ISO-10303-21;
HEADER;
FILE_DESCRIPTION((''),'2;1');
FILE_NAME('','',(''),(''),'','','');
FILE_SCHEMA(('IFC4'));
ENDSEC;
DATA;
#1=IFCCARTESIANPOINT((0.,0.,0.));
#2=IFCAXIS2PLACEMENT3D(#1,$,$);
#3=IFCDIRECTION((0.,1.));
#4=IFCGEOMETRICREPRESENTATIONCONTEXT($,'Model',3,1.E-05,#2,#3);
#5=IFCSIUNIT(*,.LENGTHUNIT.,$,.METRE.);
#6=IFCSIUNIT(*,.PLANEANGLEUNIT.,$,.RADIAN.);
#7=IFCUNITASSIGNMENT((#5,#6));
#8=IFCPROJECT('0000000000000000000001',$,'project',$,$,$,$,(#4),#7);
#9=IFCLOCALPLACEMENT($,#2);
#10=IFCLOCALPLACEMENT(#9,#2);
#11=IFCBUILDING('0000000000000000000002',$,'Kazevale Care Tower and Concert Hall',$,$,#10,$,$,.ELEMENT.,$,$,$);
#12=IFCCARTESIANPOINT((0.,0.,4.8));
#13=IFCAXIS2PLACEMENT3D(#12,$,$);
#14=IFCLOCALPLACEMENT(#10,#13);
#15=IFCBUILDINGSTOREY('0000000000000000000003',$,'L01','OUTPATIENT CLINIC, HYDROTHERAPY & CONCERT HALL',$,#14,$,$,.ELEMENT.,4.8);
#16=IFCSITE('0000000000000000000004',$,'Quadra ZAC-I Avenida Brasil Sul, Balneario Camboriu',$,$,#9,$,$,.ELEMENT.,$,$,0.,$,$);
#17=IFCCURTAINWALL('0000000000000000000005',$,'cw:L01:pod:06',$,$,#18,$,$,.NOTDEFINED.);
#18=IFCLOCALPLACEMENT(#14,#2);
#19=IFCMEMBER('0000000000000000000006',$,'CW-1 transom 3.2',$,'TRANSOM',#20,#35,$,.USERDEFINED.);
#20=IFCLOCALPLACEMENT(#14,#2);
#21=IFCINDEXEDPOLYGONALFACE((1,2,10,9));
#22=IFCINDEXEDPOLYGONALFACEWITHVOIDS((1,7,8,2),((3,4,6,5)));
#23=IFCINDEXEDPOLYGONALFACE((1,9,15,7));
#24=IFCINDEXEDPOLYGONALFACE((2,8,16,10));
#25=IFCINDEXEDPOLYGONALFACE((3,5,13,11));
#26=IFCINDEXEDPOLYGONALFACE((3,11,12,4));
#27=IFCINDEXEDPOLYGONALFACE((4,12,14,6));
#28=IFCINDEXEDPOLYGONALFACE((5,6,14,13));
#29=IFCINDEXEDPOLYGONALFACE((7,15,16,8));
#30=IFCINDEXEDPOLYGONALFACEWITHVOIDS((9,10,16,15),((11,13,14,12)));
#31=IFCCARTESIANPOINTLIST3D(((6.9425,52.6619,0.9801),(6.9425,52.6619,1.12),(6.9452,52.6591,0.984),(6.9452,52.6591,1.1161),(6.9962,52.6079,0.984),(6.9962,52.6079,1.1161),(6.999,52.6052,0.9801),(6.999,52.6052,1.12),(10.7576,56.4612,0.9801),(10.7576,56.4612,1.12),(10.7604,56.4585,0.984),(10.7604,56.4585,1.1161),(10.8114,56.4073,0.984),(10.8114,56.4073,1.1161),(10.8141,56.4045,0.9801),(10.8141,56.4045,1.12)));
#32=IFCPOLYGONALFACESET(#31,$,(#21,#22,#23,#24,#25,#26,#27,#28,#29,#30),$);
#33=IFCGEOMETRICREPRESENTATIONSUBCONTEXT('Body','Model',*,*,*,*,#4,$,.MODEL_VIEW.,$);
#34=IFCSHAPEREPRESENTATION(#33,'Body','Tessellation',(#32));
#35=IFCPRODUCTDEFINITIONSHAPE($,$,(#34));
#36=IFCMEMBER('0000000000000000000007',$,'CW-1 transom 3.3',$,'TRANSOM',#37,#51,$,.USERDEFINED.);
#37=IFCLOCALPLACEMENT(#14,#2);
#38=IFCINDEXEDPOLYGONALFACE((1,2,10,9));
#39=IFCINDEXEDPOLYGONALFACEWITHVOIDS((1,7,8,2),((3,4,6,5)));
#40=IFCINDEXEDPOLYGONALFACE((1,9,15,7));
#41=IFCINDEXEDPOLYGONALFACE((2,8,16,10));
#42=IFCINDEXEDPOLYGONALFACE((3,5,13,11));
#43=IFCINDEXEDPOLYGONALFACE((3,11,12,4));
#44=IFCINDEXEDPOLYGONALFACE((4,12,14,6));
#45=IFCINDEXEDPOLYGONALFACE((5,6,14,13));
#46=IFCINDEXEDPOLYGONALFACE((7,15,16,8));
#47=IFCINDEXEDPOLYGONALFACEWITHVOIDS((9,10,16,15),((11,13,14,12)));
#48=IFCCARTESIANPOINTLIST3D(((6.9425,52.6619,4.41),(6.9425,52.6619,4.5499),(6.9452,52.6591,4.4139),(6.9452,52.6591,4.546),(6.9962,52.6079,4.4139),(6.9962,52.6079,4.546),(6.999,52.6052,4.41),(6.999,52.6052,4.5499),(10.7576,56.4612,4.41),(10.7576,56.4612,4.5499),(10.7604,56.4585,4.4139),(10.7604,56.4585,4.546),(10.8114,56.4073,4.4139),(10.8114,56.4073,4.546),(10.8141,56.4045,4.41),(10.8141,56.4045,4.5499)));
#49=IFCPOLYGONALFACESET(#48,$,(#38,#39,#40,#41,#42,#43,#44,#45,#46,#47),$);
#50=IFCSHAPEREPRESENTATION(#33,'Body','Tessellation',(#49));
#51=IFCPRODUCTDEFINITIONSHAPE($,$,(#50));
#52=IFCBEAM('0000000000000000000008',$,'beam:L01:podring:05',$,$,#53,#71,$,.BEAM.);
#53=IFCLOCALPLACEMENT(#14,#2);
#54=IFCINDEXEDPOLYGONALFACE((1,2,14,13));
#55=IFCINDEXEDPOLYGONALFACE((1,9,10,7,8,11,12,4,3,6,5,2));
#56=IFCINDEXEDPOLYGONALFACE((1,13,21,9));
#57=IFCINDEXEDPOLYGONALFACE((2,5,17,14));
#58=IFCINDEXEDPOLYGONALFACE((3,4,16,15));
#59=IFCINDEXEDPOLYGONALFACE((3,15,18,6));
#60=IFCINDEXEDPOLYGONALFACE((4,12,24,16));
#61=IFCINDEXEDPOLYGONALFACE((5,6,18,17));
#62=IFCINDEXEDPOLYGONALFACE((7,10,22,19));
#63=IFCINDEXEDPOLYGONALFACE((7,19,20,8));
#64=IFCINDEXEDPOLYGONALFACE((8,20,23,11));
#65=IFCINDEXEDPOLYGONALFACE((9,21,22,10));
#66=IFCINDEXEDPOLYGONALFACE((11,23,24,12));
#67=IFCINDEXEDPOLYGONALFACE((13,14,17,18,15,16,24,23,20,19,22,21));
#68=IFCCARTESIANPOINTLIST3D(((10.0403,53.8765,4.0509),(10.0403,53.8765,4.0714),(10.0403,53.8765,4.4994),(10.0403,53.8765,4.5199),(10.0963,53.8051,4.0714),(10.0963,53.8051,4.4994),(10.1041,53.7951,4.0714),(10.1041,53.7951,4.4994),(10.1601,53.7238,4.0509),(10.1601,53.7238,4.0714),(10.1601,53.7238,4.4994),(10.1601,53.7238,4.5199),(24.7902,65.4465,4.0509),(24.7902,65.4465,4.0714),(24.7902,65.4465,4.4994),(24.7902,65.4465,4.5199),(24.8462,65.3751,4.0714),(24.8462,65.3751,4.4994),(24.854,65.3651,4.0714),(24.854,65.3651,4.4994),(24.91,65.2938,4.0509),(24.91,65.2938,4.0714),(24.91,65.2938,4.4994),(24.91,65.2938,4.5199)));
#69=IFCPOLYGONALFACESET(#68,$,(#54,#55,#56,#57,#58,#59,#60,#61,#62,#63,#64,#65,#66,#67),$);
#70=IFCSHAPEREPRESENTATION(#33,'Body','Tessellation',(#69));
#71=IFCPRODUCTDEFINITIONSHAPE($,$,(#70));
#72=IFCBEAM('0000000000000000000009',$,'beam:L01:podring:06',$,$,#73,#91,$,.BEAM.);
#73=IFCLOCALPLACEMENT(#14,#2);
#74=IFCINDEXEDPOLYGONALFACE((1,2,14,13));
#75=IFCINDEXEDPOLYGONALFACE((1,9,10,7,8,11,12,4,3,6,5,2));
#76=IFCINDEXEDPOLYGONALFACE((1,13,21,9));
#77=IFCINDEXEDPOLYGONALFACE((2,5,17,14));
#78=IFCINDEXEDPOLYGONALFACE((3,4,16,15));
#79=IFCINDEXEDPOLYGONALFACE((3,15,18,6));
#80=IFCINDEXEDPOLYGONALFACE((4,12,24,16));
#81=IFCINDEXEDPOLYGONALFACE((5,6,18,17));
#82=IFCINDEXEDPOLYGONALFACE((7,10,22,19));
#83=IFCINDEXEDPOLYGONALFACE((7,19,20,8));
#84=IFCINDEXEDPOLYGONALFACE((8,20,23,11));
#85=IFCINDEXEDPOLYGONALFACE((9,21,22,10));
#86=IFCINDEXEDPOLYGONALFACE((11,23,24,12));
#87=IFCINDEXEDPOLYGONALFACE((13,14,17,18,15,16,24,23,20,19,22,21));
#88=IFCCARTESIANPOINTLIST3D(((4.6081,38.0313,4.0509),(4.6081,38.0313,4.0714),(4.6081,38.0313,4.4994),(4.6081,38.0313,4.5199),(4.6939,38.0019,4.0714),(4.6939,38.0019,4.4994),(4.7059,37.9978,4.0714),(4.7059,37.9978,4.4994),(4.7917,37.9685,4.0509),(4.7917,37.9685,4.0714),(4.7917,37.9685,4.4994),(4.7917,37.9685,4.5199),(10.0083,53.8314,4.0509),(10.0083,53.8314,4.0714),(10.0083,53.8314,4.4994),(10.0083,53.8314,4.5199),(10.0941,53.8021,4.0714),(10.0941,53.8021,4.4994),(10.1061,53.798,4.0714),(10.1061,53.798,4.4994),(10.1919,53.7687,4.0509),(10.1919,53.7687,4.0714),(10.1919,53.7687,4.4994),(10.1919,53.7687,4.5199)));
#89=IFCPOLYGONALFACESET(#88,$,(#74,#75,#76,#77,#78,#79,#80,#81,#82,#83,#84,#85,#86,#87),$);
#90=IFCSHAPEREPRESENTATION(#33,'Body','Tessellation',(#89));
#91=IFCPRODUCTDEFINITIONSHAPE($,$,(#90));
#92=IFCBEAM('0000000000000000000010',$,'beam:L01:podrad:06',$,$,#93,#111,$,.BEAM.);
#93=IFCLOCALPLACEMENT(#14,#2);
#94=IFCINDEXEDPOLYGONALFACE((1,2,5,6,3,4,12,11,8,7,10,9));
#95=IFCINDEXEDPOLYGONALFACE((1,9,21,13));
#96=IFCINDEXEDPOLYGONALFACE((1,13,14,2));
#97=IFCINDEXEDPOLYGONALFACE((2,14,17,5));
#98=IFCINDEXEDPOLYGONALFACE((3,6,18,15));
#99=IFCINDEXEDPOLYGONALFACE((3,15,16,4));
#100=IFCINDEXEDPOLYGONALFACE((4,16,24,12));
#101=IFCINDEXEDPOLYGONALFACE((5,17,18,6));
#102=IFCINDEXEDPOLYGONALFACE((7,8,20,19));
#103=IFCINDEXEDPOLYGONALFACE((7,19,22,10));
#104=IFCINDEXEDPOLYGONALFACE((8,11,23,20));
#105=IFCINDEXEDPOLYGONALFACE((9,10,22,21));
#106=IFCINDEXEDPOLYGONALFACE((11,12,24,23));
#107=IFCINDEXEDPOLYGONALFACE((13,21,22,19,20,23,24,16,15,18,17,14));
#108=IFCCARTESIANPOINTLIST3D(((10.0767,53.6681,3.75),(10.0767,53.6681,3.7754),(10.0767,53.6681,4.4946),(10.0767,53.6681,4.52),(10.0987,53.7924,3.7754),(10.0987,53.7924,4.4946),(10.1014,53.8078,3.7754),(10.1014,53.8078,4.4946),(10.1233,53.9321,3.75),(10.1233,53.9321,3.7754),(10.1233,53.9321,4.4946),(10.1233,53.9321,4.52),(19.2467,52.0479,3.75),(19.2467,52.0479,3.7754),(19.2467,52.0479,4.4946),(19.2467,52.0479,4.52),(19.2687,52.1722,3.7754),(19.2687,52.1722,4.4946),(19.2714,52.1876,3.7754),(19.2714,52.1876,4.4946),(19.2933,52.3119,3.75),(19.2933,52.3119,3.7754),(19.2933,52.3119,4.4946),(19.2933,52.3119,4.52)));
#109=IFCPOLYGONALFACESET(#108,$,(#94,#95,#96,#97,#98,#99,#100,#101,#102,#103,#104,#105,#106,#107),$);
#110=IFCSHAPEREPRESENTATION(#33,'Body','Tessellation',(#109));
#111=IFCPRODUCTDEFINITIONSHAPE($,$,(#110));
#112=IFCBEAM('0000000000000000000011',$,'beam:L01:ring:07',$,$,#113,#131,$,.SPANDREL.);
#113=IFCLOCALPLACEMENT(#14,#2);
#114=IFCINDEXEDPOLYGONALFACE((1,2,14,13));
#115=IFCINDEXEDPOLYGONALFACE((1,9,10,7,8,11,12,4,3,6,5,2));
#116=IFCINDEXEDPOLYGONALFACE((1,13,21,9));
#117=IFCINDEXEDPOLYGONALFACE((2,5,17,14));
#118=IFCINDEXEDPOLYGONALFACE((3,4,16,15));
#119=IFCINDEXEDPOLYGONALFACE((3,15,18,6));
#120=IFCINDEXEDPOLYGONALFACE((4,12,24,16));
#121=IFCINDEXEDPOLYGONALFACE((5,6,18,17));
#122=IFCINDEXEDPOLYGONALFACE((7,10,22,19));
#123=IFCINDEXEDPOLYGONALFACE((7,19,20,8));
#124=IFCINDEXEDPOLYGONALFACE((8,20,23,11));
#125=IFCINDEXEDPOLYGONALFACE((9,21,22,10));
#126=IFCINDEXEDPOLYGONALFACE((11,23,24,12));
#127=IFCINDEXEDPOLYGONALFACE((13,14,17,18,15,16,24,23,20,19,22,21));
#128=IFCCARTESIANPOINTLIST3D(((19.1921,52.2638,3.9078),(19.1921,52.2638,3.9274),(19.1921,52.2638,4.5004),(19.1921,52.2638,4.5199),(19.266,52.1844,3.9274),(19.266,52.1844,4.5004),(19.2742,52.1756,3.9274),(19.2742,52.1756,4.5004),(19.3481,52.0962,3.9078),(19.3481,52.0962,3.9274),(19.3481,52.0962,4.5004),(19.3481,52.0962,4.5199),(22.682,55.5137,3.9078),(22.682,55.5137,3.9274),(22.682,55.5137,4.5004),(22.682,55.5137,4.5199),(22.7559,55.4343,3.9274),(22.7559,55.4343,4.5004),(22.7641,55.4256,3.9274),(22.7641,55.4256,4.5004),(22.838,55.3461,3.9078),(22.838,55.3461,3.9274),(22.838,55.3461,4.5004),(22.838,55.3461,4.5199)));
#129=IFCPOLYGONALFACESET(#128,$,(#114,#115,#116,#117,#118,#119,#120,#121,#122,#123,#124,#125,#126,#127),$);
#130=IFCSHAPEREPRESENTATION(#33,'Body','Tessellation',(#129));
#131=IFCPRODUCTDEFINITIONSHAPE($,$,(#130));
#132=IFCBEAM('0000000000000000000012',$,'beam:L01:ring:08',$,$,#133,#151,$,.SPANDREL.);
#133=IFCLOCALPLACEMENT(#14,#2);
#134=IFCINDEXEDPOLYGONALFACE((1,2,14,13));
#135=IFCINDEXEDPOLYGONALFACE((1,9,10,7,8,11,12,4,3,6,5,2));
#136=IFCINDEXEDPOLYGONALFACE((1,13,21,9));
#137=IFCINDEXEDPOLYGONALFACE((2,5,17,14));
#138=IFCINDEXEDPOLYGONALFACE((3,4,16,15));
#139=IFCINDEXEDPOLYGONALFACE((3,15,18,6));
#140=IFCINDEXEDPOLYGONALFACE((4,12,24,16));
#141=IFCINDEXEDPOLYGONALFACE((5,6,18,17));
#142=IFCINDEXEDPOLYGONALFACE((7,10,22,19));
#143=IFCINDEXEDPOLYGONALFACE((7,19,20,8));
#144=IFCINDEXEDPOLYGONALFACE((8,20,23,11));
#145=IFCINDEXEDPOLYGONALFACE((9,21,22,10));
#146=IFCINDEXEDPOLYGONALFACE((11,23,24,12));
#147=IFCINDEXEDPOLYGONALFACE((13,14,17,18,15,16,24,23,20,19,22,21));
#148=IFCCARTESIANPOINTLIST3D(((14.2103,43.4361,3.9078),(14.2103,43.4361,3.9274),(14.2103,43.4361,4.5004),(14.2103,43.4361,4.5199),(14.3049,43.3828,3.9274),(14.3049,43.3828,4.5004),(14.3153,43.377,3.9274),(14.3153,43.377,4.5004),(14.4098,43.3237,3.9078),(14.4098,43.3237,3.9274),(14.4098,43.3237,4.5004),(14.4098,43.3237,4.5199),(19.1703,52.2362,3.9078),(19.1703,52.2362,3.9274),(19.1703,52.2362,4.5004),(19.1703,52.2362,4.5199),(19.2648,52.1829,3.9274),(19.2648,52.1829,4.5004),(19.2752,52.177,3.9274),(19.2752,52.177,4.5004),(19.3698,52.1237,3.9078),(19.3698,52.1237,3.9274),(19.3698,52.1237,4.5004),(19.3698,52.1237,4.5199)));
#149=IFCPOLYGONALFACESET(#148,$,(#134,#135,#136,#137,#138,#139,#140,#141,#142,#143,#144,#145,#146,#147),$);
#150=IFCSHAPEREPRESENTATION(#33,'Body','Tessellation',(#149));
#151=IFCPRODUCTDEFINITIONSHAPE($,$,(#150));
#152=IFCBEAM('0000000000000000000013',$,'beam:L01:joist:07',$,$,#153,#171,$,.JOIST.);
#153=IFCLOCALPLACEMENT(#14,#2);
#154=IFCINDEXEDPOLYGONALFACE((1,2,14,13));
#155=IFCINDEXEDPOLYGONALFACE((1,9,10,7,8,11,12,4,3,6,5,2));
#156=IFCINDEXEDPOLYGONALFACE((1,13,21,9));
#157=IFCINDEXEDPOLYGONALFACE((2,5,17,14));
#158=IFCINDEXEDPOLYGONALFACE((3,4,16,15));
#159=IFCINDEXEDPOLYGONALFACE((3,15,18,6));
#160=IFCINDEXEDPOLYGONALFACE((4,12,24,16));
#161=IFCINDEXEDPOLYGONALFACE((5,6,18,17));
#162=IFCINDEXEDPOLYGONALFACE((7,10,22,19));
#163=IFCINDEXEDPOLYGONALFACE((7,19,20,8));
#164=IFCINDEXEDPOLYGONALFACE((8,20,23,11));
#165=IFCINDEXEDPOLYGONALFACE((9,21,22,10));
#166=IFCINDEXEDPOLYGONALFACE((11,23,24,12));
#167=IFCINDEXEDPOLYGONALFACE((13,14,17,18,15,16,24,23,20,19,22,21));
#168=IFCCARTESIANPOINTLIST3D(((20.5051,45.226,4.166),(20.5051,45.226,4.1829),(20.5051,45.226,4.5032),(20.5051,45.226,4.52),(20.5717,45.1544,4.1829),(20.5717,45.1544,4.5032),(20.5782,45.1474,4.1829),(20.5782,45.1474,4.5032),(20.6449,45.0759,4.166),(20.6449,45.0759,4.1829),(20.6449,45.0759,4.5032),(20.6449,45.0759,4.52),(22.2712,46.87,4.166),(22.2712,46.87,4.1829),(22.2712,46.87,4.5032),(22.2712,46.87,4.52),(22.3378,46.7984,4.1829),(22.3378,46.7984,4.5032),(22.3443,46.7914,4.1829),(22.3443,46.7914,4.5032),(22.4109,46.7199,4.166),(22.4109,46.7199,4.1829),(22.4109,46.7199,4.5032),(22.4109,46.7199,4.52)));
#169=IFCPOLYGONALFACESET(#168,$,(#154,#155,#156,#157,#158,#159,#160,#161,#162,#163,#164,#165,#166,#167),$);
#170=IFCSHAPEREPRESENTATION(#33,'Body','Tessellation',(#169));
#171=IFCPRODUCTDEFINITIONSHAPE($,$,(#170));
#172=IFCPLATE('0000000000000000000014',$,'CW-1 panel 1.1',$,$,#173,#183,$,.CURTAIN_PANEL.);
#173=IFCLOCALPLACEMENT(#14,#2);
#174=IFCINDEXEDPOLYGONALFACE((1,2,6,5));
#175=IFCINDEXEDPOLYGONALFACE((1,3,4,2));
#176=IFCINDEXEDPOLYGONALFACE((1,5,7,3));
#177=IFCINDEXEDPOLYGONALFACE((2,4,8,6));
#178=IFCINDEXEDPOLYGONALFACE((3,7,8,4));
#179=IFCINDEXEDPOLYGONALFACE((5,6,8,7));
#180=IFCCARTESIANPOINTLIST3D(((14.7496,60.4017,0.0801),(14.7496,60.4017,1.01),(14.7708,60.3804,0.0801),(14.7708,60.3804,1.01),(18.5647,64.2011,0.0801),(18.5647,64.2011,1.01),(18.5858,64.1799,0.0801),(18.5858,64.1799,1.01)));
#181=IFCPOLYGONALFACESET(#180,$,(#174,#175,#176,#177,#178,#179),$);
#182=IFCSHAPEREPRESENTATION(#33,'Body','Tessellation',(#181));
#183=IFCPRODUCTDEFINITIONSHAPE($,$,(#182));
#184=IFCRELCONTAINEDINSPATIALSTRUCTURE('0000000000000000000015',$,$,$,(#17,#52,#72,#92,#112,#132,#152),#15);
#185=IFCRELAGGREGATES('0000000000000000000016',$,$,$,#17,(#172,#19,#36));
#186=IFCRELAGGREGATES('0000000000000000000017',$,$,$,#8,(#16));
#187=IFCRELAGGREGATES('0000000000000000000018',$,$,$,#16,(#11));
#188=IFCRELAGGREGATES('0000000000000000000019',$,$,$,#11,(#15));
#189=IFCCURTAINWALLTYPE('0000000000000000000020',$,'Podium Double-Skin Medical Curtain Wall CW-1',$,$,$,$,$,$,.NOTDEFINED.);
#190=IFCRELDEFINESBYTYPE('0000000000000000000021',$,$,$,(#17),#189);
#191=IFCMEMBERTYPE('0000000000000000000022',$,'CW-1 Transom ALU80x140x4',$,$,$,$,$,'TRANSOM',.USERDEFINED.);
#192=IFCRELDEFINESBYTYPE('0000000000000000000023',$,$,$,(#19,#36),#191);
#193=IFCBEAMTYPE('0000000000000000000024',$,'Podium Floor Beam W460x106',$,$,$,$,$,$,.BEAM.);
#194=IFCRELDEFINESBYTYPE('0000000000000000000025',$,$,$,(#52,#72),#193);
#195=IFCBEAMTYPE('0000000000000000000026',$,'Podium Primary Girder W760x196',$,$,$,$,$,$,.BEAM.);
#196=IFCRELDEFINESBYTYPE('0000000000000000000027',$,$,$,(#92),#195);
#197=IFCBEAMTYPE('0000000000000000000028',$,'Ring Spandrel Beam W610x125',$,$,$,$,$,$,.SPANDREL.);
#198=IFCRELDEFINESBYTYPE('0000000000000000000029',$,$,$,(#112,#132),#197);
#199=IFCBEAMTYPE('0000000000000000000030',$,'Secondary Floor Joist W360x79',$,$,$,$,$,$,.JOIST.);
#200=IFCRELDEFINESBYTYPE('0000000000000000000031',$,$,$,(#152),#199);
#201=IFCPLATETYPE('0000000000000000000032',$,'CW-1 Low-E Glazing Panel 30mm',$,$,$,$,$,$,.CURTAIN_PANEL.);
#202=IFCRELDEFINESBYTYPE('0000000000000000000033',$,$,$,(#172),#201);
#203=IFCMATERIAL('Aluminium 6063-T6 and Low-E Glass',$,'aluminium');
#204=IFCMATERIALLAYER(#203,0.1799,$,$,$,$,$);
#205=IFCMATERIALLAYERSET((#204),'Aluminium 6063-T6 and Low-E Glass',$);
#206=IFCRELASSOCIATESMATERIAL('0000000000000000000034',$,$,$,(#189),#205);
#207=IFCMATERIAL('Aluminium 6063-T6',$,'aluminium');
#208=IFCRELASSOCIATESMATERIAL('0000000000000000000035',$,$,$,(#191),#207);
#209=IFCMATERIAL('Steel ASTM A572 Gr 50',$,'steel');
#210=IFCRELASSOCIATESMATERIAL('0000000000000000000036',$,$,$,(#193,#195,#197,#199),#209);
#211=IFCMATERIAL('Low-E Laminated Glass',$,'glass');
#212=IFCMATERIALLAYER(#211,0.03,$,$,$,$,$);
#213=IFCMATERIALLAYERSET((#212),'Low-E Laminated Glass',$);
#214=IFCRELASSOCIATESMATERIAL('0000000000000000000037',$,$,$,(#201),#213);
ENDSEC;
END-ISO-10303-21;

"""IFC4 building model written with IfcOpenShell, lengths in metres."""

from ifc_helpers import new_model, si_unit, direction, frame, origin, origin_2d, place, context, subcontext, project, spatial, rectangle, hollow_rectangle, i_section, extrude, material, layer, layer_set, material_profile, profile_set, type_object, element, aggregate, save


model = new_model("IFC4")

# Units and contexts
model_context = context("Model", 3, precision=1e-05, world=origin(), true_north=direction((0.0, 1.0)))
body_context = subcontext(model_context, "Body", "Model", "MODEL_VIEW")
ifc_project = project(units=[si_unit("LENGTHUNIT", "METRE"), si_unit("PLANEANGLEUNIT", "RADIAN")], contexts=[model_context])

# Site, building, storey
site_placement = place(None, origin())
site = spatial("IfcSite", under=ifc_project, at=site_placement, Name="Quadra ZAC-I Avenida Brasil Sul, Balneario Camboriu", CompositionType="ELEMENT", RefElevation=0.0)
building_placement = place(site_placement, origin())
building = spatial("IfcBuilding", under=site, at=building_placement, Name="Kazevale Care Tower and Concert Hall", CompositionType="ELEMENT")
storey_placement = place(building_placement, frame((0.0, 0.0, 4.8)))
storey = spatial("IfcBuildingStorey", under=building, at=storey_placement, Name="L01", Description="OUTPATIENT CLINIC, HYDROTHERAPY & CONCERT HALL", CompositionType="ELEMENT", Elevation=4.8)

# Curtain wall, members
ifc_material_1 = material(Name="Aluminium 6063-T6 and Low-E Glass", Category="aluminium")
ifc_layer_1 = layer(ifc_material_1, 0.1799)
ifc_layer_set_1 = layer_set([ifc_layer_1], Name="Aluminium 6063-T6 and Low-E Glass")
curtain_wall_type = type_object("IfcCurtainWallType", Name="Podium Double-Skin Medical Curtain Wall CW-1", PredefinedType="NOTDEFINED", material=ifc_layer_set_1)
curtain_wall_placement = place(storey_placement, origin())
curtain_wall = element("IfcCurtainWall", 1, at=curtain_wall_placement, inside=storey, type_object=curtain_wall_type, Name="cw:L01:pod:06", PredefinedType="NOTDEFINED")
ifc_material_2 = material(Name="Aluminium 6063-T6", Category="aluminium")
ifc_material_profile_1 = material_profile(ifc_material_2, hollow_rectangle(XDim=0.0801, YDim=0.1399, WallThickness=0.0039, at=origin_2d()), Name="ALU80x140x4")
ifc_profile_set_1 = profile_set([ifc_material_profile_1], Name="Aluminium 6063-T6")
member_type_1 = type_object("IfcMemberType", Name="CW-1 Transom ALU80x140x4", ElementType="TRANSOM", PredefinedType="USERDEFINED", material=ifc_profile_set_1)
member_1_placement = place(storey_placement, frame((10.7859, 56.4329, 1.05), z_axis=(-0.708579, -0.705632, 0.0), x_axis=(0.705632, -0.708579, 0.0)))
member_1 = element("IfcMember", 2, at=member_1_placement, type_object=member_type_1, Name="CW-1 transom 3.2", ObjectType="TRANSOM", PredefinedType="USERDEFINED", context=body_context, shape_type="SweptSolid", body=[
    extrude(hollow_rectangle(XDim=0.0801, YDim=0.1399, WallThickness=0.0039, at=origin_2d()), origin(), (0.0, 0.0, 1.0), 5.3843),
])
member_2_placement = place(storey_placement, frame((10.7859, 56.4329, 4.48), z_axis=(-0.708579, -0.705632, 0.0), x_axis=(0.705632, -0.708579, 0.0)))
member_2 = element("IfcMember", 3, at=member_2_placement, type_object=member_type_1, Name="CW-1 transom 3.3", ObjectType="TRANSOM", PredefinedType="USERDEFINED", context=body_context, shape_type="SweptSolid", body=[
    extrude(hollow_rectangle(XDim=0.0801, YDim=0.1399, WallThickness=0.0039, at=origin_2d()), origin(), (0.0, 0.0, 1.0), 5.3843),
])

# Beams
ifc_material_3 = material(Name="Steel ASTM A572 Gr 50", Category="steel")
ifc_material_profile_2 = material_profile(ifc_material_3, i_section(OverallWidth=0.1941, OverallDepth=0.469, WebThickness=0.0127, FlangeThickness=0.0205, at=origin_2d()), Name="W460x106")
ifc_profile_set_2 = profile_set([ifc_material_profile_2], Name="Steel ASTM A572 Gr 50")
beam_type_1 = type_object("IfcBeamType", Name="Podium Floor Beam W460x106", PredefinedType="BEAM", material=ifc_profile_set_2)
beam_1_placement = place(storey_placement, frame((24.8501, 65.3701, 4.2854), z_axis=(-0.786816, -0.617188, 0.0), x_axis=(0.617188, -0.786816, 0.0)))
element("IfcBeam", 4, at=beam_1_placement, inside=storey, type_object=beam_type_1, Name="beam:L01:podring:05", PredefinedType="BEAM", context=body_context, shape_type="SweptSolid", body=[
    extrude(i_section(OverallWidth=0.1941, OverallDepth=0.469, WebThickness=0.0127, FlangeThickness=0.0205, at=origin_2d()), origin(), (0.0, 0.0, 1.0), 18.7463),
])
beam_2_placement = place(storey_placement, frame((10.1001, 53.8, 4.2854), z_axis=(-0.323412, -0.946258, 0.0), x_axis=(0.946258, -0.323412, 0.0)))
element("IfcBeam", 5, at=beam_2_placement, inside=storey, type_object=beam_type_1, Name="beam:L01:podring:06", PredefinedType="BEAM", context=body_context, shape_type="SweptSolid", body=[
    extrude(i_section(OverallWidth=0.1941, OverallDepth=0.469, WebThickness=0.0127, FlangeThickness=0.0205, at=origin_2d()), origin(), (0.0, 0.0, 1.0), 16.6975),
])
ifc_material_profile_3 = material_profile(ifc_material_3, i_section(OverallWidth=0.2681, OverallDepth=0.77, WebThickness=0.0156, FlangeThickness=0.0254, at=origin_2d()), Name="W760x196")
ifc_profile_set_3 = profile_set([ifc_material_profile_3], Name="Steel ASTM A572 Gr 50")
beam_type_2 = type_object("IfcBeamType", Name="Podium Primary Girder W760x196", PredefinedType="BEAM", material=ifc_profile_set_3)
beam_3_placement = place(storey_placement, frame((19.27, 52.1799, 4.135), z_axis=(-0.984749, 0.173983, 0.0), x_axis=(-0.173983, -0.984749, 0.0)))
element("IfcBeam", 6, at=beam_3_placement, inside=storey, type_object=beam_type_2, Name="beam:L01:podrad:06", PredefinedType="BEAM", context=body_context, shape_type="SweptSolid", body=[
    extrude(i_section(OverallWidth=0.2681, OverallDepth=0.77, WebThickness=0.0156, FlangeThickness=0.0254, at=origin_2d()), origin(), (0.0, 0.0, 1.0), 9.312),
])
ifc_material_profile_4 = material_profile(ifc_material_3, i_section(OverallWidth=0.229, OverallDepth=0.6121, WebThickness=0.012, FlangeThickness=0.0195, at=origin_2d()), Name="W610x125")
ifc_profile_set_4 = profile_set([ifc_material_profile_4], Name="Steel ASTM A572 Gr 50")
beam_type_3 = type_object("IfcBeamType", Name="Ring Spandrel Beam W610x125", PredefinedType="SPANDREL", material=ifc_profile_set_4)
beam_4_placement = place(storey_placement, frame((22.76, 55.4299, 4.2139), z_axis=(-0.731821, -0.681497, 0.0), x_axis=(0.681497, -0.731821, 0.0)))
element("IfcBeam", 7, at=beam_4_placement, inside=storey, type_object=beam_type_3, Name="beam:L01:ring:07", PredefinedType="SPANDREL", context=body_context, shape_type="SweptSolid", body=[
    extrude(i_section(OverallWidth=0.229, OverallDepth=0.6121, WebThickness=0.012, FlangeThickness=0.0195, at=origin_2d()), origin(), (0.0, 0.0, 1.0), 4.7688),
])
beam_5_placement = place(storey_placement, frame((19.27, 52.1799, 4.2139), z_axis=(-0.491008, -0.871155, 0.0), x_axis=(0.871155, -0.491008, 0.0)))
element("IfcBeam", 8, at=beam_5_placement, inside=storey, type_object=beam_type_3, Name="beam:L01:ring:08", PredefinedType="SPANDREL", context=body_context, shape_type="SweptSolid", body=[
    extrude(i_section(OverallWidth=0.229, OverallDepth=0.6121, WebThickness=0.012, FlangeThickness=0.0195, at=origin_2d()), origin(), (0.0, 0.0, 1.0), 10.1016),
])
ifc_material_profile_5 = material_profile(ifc_material_3, i_section(OverallWidth=0.2051, OverallDepth=0.354, WebThickness=0.0095, FlangeThickness=0.0168, at=origin_2d()), Name="W360x79")
ifc_profile_set_5 = profile_set([ifc_material_profile_5], Name="Steel ASTM A572 Gr 50")
beam_type_4 = type_object("IfcBeamType", Name="Secondary Floor Joist W360x79", PredefinedType="JOIST", material=ifc_profile_set_5)
beam_6_placement = place(storey_placement, frame((22.3411, 46.7949, 4.343), z_axis=(-0.73195, -0.681359, 0.0), x_axis=(0.681359, -0.73195, 0.0)))
element("IfcBeam", 9, at=beam_6_placement, inside=storey, type_object=beam_type_4, Name="beam:L01:joist:07", PredefinedType="JOIST", context=body_context, shape_type="SweptSolid", body=[
    extrude(i_section(OverallWidth=0.2051, OverallDepth=0.354, WebThickness=0.0095, FlangeThickness=0.0168, at=origin_2d()), origin(), (0.0, 0.0, 1.0), 2.4128),
])

# Plate
ifc_material_4 = material(Name="Low-E Laminated Glass", Category="glass")
ifc_layer_2 = layer(ifc_material_4, 0.03)
ifc_layer_set_2 = layer_set([ifc_layer_2], Name="Low-E Laminated Glass")
plate_type = type_object("IfcPlateType", Name="CW-1 Low-E Glazing Panel 30mm", PredefinedType="CURTAIN_PANEL", material=ifc_layer_set_2)
plate_1_placement = place(storey_placement, frame((16.6677, 62.2908, 0.0801), z_axis=(0.0, 0.0, 1.0), x_axis=(-0.708555, -0.705656, 0.0)))
plate_1 = element("IfcPlate", 10, at=plate_1_placement, type_object=plate_type, Name="CW-1 panel 1.1", PredefinedType="CURTAIN_PANEL", context=body_context, shape_type="SweptSolid", body=[
    extrude(rectangle(XDim=5.3843, YDim=0.03, at=origin_2d()), origin(), (0.0, 0.0, 1.0), 0.9299),
])
aggregate(curtain_wall, [plate_1, member_1, member_2])

save(model, "model.ifc")
